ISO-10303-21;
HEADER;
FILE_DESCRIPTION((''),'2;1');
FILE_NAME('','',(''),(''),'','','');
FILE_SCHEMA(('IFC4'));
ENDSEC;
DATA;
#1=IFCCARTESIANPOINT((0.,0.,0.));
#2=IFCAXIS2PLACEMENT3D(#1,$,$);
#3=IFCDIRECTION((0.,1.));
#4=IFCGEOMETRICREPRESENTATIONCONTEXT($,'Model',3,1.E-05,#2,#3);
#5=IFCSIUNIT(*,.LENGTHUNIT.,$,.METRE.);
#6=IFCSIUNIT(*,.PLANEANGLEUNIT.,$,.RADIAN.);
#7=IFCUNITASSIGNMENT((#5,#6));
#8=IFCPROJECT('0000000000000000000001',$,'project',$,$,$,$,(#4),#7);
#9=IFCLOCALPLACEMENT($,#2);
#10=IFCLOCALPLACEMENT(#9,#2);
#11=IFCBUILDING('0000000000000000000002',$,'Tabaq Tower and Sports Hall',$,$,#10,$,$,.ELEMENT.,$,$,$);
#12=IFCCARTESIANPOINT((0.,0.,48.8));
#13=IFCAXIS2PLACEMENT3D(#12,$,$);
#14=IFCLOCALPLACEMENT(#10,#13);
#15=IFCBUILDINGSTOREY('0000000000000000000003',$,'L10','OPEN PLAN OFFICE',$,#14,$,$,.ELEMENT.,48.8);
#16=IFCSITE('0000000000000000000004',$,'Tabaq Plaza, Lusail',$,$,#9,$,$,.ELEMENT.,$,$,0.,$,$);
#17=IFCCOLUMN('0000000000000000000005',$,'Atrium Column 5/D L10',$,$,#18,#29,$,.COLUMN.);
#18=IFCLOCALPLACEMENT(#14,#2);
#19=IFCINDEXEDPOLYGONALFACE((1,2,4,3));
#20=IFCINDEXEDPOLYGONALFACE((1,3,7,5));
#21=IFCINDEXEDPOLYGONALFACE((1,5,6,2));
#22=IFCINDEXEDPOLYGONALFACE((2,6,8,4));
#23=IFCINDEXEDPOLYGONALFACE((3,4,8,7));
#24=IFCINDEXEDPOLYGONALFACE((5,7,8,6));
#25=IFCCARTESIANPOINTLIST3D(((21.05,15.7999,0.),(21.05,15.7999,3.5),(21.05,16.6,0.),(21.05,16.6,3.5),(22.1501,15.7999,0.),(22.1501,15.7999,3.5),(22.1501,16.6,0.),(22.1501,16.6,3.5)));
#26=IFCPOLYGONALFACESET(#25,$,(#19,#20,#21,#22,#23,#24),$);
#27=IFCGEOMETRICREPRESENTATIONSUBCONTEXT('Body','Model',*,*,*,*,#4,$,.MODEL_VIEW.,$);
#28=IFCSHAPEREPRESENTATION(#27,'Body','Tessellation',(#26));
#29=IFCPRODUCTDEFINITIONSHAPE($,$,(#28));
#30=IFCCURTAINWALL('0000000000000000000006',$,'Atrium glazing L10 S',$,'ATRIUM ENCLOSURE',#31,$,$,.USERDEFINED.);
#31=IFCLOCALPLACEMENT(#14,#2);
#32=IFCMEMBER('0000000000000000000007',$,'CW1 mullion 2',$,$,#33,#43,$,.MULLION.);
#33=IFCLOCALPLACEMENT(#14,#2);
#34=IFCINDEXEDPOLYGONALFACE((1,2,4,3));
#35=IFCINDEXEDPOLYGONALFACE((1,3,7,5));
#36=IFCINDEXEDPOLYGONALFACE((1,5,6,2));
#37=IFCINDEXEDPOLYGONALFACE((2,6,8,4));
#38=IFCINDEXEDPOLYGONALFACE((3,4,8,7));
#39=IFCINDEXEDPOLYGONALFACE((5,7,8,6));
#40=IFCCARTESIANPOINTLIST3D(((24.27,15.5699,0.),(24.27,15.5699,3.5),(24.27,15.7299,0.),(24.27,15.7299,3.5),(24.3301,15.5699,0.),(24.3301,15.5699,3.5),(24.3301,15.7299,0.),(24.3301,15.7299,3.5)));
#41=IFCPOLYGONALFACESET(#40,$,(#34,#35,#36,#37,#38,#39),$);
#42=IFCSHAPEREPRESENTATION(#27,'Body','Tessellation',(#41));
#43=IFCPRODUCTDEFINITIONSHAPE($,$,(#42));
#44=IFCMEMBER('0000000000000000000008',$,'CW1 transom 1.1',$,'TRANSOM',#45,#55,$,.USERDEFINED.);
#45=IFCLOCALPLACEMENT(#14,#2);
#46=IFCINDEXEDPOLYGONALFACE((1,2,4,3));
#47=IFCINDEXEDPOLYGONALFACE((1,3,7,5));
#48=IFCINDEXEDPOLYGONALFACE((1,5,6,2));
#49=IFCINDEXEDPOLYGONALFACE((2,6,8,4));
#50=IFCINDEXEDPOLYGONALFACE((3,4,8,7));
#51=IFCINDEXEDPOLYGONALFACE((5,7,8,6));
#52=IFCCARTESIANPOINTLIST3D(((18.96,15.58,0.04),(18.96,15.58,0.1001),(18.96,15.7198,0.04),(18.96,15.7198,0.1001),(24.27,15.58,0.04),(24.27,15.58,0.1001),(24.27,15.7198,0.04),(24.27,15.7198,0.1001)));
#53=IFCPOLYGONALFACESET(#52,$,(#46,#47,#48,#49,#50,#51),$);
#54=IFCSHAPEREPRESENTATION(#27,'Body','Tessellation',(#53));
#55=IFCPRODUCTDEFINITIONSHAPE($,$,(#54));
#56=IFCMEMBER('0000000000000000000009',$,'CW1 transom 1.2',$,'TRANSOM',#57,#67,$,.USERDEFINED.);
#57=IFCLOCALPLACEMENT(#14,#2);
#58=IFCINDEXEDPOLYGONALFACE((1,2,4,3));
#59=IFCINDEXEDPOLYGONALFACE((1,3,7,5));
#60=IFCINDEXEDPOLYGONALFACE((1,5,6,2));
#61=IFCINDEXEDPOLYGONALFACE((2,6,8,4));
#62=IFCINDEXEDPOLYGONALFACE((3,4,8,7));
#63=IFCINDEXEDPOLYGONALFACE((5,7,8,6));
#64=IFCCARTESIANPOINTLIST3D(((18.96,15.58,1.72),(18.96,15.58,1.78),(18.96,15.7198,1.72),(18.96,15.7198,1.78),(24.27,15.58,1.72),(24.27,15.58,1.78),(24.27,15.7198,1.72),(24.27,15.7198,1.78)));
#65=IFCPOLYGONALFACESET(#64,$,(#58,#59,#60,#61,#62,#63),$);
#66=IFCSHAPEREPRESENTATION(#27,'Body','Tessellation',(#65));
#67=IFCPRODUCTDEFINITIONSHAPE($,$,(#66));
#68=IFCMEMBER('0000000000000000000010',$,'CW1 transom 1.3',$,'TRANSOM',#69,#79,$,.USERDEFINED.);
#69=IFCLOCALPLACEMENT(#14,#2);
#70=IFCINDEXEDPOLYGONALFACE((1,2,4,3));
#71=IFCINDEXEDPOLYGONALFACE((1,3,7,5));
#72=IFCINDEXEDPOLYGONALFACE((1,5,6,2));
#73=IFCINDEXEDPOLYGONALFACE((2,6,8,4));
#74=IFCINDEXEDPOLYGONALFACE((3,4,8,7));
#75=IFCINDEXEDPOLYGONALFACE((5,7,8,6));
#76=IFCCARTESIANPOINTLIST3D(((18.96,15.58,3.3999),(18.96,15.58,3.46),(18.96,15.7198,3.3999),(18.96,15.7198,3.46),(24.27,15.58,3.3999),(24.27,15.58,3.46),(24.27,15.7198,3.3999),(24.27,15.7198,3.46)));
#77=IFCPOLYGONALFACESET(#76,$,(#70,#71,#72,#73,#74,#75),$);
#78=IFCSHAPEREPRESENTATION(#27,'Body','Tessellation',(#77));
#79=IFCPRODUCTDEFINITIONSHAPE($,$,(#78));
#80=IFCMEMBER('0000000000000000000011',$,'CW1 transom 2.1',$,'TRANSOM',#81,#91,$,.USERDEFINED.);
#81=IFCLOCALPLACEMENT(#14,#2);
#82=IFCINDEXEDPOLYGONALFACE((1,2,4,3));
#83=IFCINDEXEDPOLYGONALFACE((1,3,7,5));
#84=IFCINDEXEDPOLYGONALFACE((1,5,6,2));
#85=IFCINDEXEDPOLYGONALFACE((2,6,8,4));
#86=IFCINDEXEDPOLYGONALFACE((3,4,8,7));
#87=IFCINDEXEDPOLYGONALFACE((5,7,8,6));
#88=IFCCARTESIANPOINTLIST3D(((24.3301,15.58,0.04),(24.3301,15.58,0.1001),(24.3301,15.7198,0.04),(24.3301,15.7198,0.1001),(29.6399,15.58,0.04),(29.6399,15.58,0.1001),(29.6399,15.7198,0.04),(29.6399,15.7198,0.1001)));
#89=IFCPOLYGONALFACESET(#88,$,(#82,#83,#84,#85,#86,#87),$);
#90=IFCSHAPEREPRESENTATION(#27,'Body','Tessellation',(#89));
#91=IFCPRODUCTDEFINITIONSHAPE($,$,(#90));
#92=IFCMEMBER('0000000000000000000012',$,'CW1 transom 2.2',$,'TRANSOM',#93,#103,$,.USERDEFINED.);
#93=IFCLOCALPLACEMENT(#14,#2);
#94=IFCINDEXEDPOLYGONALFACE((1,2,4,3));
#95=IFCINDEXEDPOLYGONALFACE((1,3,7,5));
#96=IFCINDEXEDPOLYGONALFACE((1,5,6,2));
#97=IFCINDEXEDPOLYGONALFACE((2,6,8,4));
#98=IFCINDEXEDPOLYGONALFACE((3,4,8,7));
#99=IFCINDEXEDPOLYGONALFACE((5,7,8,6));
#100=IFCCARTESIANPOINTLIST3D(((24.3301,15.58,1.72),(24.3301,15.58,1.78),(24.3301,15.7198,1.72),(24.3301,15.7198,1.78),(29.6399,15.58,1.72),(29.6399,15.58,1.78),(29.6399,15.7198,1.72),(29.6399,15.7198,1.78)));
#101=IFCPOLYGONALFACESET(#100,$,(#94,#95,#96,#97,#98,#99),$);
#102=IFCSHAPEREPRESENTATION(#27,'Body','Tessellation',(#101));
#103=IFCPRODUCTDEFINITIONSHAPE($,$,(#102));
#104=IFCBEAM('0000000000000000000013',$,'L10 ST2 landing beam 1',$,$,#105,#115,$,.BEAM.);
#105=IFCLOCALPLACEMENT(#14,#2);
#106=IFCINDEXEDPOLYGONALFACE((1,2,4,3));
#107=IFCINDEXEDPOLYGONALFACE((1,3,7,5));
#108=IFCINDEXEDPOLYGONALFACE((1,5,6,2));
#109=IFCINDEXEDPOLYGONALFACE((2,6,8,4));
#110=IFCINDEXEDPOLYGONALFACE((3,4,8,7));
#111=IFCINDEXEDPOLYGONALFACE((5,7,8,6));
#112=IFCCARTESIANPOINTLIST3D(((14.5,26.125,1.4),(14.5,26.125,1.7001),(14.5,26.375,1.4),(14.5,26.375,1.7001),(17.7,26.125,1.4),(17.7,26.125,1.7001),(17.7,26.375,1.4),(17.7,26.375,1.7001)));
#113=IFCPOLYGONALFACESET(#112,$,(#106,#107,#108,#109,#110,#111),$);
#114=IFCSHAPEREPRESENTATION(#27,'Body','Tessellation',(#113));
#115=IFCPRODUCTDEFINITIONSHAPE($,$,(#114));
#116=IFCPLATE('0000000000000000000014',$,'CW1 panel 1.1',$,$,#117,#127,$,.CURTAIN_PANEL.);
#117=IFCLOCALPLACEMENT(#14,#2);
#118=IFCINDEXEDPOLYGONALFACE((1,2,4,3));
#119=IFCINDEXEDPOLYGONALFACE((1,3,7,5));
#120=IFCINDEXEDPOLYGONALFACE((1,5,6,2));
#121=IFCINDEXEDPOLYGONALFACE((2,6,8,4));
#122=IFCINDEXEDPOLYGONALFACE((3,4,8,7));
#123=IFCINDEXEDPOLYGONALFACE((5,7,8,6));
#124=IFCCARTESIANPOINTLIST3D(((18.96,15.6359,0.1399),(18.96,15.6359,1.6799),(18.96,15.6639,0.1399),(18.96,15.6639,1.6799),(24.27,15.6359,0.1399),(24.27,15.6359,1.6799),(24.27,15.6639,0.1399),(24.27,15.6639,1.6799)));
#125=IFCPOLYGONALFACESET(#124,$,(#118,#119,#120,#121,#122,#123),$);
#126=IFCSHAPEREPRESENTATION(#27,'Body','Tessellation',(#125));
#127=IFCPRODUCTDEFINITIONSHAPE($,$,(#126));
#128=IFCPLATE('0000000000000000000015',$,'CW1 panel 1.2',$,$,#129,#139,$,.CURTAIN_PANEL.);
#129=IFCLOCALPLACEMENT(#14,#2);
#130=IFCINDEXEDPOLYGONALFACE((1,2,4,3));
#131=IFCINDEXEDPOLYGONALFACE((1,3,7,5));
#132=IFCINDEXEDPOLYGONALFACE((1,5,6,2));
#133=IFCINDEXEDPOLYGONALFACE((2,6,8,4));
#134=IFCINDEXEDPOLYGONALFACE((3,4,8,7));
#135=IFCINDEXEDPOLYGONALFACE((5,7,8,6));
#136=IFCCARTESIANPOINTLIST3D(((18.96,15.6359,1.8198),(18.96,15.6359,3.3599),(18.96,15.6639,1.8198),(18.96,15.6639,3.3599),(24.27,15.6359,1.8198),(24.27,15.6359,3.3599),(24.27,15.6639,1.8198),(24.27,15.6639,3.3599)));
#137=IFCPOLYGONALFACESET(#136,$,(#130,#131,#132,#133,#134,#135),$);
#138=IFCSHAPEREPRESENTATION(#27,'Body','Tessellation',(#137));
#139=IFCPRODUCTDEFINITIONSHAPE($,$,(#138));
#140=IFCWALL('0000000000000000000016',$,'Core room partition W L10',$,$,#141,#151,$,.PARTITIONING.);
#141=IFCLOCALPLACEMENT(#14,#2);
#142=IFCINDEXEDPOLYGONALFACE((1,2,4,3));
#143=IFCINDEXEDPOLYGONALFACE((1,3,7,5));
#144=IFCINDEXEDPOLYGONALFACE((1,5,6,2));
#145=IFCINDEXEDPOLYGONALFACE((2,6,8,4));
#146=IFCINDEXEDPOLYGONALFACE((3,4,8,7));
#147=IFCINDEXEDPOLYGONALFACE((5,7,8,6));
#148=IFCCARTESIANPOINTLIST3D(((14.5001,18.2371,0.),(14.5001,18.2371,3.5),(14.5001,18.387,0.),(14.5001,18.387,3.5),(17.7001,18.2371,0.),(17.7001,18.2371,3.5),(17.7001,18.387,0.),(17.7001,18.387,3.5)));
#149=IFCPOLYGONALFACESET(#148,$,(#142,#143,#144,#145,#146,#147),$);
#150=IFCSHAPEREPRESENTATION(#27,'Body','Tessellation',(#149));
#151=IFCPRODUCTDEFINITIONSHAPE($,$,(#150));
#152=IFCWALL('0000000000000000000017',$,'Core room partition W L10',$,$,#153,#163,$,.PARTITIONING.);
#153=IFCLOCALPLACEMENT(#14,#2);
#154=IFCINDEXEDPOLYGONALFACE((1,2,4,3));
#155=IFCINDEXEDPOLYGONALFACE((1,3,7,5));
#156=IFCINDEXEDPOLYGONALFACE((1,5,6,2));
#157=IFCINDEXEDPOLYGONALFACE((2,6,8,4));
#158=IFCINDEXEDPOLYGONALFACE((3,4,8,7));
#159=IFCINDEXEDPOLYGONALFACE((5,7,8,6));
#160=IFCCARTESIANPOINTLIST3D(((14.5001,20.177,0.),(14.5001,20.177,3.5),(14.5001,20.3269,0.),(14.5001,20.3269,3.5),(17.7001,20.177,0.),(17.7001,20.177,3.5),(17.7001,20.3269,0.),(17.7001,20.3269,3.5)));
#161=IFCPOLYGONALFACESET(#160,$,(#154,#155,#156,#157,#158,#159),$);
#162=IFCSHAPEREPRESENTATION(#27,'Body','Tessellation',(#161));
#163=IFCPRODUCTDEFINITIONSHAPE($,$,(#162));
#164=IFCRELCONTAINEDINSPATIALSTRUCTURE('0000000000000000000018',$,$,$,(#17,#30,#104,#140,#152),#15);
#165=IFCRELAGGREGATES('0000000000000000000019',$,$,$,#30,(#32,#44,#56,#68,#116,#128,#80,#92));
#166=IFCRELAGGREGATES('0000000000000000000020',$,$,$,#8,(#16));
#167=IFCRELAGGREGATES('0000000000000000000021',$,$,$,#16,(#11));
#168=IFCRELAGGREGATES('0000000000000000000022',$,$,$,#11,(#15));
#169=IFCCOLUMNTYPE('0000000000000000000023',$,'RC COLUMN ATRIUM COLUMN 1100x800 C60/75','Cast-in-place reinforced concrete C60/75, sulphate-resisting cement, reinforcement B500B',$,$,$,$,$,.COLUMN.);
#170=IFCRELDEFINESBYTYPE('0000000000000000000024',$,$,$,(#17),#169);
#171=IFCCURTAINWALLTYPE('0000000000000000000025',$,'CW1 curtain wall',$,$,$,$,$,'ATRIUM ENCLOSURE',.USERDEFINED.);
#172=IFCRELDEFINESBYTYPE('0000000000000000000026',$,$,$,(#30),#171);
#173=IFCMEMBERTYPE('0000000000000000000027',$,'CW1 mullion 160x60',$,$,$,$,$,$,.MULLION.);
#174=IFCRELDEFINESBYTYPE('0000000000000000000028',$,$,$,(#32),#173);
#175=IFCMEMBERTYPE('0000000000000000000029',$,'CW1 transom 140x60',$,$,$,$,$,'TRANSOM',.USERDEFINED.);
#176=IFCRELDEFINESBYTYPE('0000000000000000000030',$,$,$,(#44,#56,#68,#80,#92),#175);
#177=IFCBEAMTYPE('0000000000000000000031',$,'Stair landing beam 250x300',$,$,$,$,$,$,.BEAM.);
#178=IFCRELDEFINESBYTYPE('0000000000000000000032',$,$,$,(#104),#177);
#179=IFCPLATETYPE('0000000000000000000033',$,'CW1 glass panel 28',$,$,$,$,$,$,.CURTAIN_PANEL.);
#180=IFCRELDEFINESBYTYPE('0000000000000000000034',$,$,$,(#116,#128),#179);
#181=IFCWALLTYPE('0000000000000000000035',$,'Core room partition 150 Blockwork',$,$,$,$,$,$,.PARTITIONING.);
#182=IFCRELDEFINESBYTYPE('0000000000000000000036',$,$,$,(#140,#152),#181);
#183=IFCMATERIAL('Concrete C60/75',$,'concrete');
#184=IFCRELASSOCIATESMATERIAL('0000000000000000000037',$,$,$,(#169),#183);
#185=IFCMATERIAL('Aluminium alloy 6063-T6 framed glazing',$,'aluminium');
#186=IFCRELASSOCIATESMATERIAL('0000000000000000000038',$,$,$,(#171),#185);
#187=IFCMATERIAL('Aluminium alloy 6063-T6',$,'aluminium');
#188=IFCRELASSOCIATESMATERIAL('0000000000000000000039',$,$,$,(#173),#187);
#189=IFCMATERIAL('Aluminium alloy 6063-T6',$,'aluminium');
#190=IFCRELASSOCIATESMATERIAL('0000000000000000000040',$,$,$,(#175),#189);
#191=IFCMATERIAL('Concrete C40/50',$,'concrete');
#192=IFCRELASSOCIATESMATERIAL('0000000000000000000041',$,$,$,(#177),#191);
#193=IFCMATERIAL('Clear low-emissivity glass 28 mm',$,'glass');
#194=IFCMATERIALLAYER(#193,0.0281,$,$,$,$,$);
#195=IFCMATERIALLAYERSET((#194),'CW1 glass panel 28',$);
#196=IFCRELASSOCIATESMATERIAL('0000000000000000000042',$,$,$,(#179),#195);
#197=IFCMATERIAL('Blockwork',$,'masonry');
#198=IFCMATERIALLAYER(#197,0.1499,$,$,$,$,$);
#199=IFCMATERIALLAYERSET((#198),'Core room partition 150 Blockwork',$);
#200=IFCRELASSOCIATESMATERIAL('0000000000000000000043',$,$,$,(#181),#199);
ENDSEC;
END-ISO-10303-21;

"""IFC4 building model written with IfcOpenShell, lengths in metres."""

from ifc_helpers import new_model, si_unit, direction, frame, frame_2d, origin, origin_2d, place, context, subcontext, project, spatial, rectangle, extrude, material, layer, layer_set, material_profile, profile_set, type_object, element, aggregate, save


model = new_model("IFC4")

# Units and contexts
model_context = context("Model", 3, precision=1e-05, world=origin(), true_north=direction((0.0, 1.0)))
body_context = subcontext(model_context, "Body", "Model", "MODEL_VIEW")
ifc_project = project(units=[si_unit("LENGTHUNIT", "METRE"), si_unit("PLANEANGLEUNIT", "RADIAN")], contexts=[model_context])

# Site, building, storey
site_placement = place(None, origin())
site = spatial("IfcSite", under=ifc_project, at=site_placement, Name="Tabaq Plaza, Lusail", CompositionType="ELEMENT", RefElevation=0.0)
building_placement = place(site_placement, origin())
building = spatial("IfcBuilding", under=site, at=building_placement, Name="Tabaq Tower and Sports Hall", CompositionType="ELEMENT")
storey_placement = place(building_placement, frame((0.0, 0.0, 48.8)))
storey = spatial("IfcBuildingStorey", under=building, at=storey_placement, Name="L10", Description="OPEN PLAN OFFICE", CompositionType="ELEMENT", Elevation=48.8)

# Column
ifc_material_1 = material(Name="Concrete C60/75", Category="concrete")
ifc_material_profile_1 = material_profile(ifc_material_1, rectangle(XDim=1.1001, YDim=0.8, at=origin_2d()), Name="ATRIUM COLUMN 1100x800")
ifc_profile_set_1 = profile_set([ifc_material_profile_1], Name="Concrete C60/75")
column_type = type_object("IfcColumnType", Name="RC COLUMN ATRIUM COLUMN 1100x800 C60/75", Description="Cast-in-place reinforced concrete C60/75, sulphate-resisting cement, reinforcement B500B", PredefinedType="COLUMN", material=ifc_profile_set_1)
column_placement = place(storey_placement, frame((21.6001, 16.2, 0.0), z_axis=(0.0, 0.0, 1.0), x_axis=(1.0, 0.0, 0.0)))
element("IfcColumn", 1, at=column_placement, inside=storey, type_object=column_type, Name="Atrium Column 5/D L10", PredefinedType="COLUMN", context=body_context, shape_type="SweptSolid", body=[
    extrude(rectangle(XDim=1.1001, YDim=0.8, at=origin_2d()), origin(), (0.0, 0.0, 1.0), 3.5),
])

# Curtain wall, members
ifc_material_2 = material(Name="Aluminium alloy 6063-T6 framed glazing", Category="aluminium")
curtain_wall_type = type_object("IfcCurtainWallType", Name="CW1 curtain wall", ElementType="ATRIUM ENCLOSURE", PredefinedType="USERDEFINED", material=ifc_material_2)
curtain_wall_placement = place(storey_placement, origin())
curtain_wall = element("IfcCurtainWall", 2, at=curtain_wall_placement, inside=storey, type_object=curtain_wall_type, Name="Atrium glazing L10 S", ObjectType="ATRIUM ENCLOSURE", PredefinedType="USERDEFINED")
ifc_material_3 = material(Name="Aluminium alloy 6063-T6", Category="aluminium")
ifc_material_profile_2 = material_profile(ifc_material_3, rectangle(XDim=0.1599, YDim=0.0601, at=origin_2d()), Name="MULLION 160x60")
ifc_profile_set_2 = profile_set([ifc_material_profile_2], Name="Aluminium alloy 6063-T6")
member_type_1 = type_object("IfcMemberType", Name="CW1 mullion 160x60", PredefinedType="MULLION", material=ifc_profile_set_2)
member_1_placement = place(storey_placement, frame((24.3, 15.6499, 0.0), z_axis=(0.0, 0.0, 1.0), x_axis=(0.0, 1.0, 0.0)))
member_1 = element("IfcMember", 3, at=member_1_placement, type_object=member_type_1, Name="CW1 mullion 2", PredefinedType="MULLION", context=body_context, shape_type="SweptSolid", body=[
    extrude(rectangle(XDim=0.1599, YDim=0.0601, at=origin_2d()), origin(), (0.0, 0.0, 1.0), 3.5),
])
ifc_material_4 = material(Name="Aluminium alloy 6063-T6", Category="aluminium")
ifc_material_profile_3 = material_profile(ifc_material_4, rectangle(XDim=0.1399, YDim=0.0601, at=origin_2d()), Name="TRANSOM 140x60")
ifc_profile_set_3 = profile_set([ifc_material_profile_3], Name="Aluminium alloy 6063-T6")
member_type_2 = type_object("IfcMemberType", Name="CW1 transom 140x60", ElementType="TRANSOM", PredefinedType="USERDEFINED", material=ifc_profile_set_3)
member_2_placement = place(storey_placement, frame((18.96, 15.6499, 0.0701), z_axis=(1.0, 0.0, 0.0), x_axis=(0.0, 1.0, 0.0)))
member_2 = element("IfcMember", 4, at=member_2_placement, type_object=member_type_2, Name="CW1 transom 1.1", ObjectType="TRANSOM", PredefinedType="USERDEFINED", context=body_context, shape_type="SweptSolid", body=[
    extrude(rectangle(XDim=0.1399, YDim=0.0601, at=origin_2d()), origin(), (0.0, 0.0, 1.0), 5.3101),
])
member_3_placement = place(storey_placement, frame((18.96, 15.6499, 1.75), z_axis=(1.0, 0.0, 0.0), x_axis=(0.0, 1.0, 0.0)))
member_3 = element("IfcMember", 5, at=member_3_placement, type_object=member_type_2, Name="CW1 transom 1.2", ObjectType="TRANSOM", PredefinedType="USERDEFINED", context=body_context, shape_type="SweptSolid", body=[
    extrude(rectangle(XDim=0.1399, YDim=0.0601, at=origin_2d()), origin(), (0.0, 0.0, 1.0), 5.3101),
])
member_4_placement = place(storey_placement, frame((18.96, 15.6499, 3.4299), z_axis=(1.0, 0.0, 0.0), x_axis=(0.0, 1.0, 0.0)))
member_4 = element("IfcMember", 6, at=member_4_placement, type_object=member_type_2, Name="CW1 transom 1.3", ObjectType="TRANSOM", PredefinedType="USERDEFINED", context=body_context, shape_type="SweptSolid", body=[
    extrude(rectangle(XDim=0.1399, YDim=0.0601, at=origin_2d()), origin(), (0.0, 0.0, 1.0), 5.3101),
])
member_5_placement = place(storey_placement, frame((24.3301, 15.6499, 0.0701), z_axis=(1.0, 0.0, 0.0), x_axis=(0.0, 1.0, 0.0)))
member_5 = element("IfcMember", 7, at=member_5_placement, type_object=member_type_2, Name="CW1 transom 2.1", ObjectType="TRANSOM", PredefinedType="USERDEFINED", context=body_context, shape_type="SweptSolid", body=[
    extrude(rectangle(XDim=0.1399, YDim=0.0601, at=origin_2d()), origin(), (0.0, 0.0, 1.0), 5.3098),
])
member_6_placement = place(storey_placement, frame((24.3301, 15.6499, 1.75), z_axis=(1.0, 0.0, 0.0), x_axis=(0.0, 1.0, 0.0)))
member_6 = element("IfcMember", 8, at=member_6_placement, type_object=member_type_2, Name="CW1 transom 2.2", ObjectType="TRANSOM", PredefinedType="USERDEFINED", context=body_context, shape_type="SweptSolid", body=[
    extrude(rectangle(XDim=0.1399, YDim=0.0601, at=origin_2d()), origin(), (0.0, 0.0, 1.0), 5.3098),
])

# Beam
ifc_material_5 = material(Name="Concrete C40/50", Category="concrete")
ifc_material_profile_4 = material_profile(ifc_material_5, rectangle(XDim=0.25, YDim=0.3, at=origin_2d()), Name="RC 250x300")
ifc_profile_set_4 = profile_set([ifc_material_profile_4], Name="Concrete C40/50")
beam_type = type_object("IfcBeamType", Name="Stair landing beam 250x300", PredefinedType="BEAM", material=ifc_profile_set_4)
beam_placement = place(storey_placement, frame((14.5, 26.25, 1.55), z_axis=(1.0, 0.0, 0.0), x_axis=(0.0, 1.0, 0.0)))
element("IfcBeam", 9, at=beam_placement, inside=storey, type_object=beam_type, Name="L10 ST2 landing beam 1", PredefinedType="BEAM", context=body_context, shape_type="SweptSolid", body=[
    extrude(rectangle(XDim=0.25, YDim=0.3, at=origin_2d()), origin(), (0.0, 0.0, 1.0), 3.2),
])

# Plates
ifc_material_6 = material(Name="Clear low-emissivity glass 28 mm", Category="glass")
ifc_layer_1 = layer(ifc_material_6, 0.0281)
ifc_layer_set_1 = layer_set([ifc_layer_1], Name="CW1 glass panel 28")
plate_type = type_object("IfcPlateType", Name="CW1 glass panel 28", PredefinedType="CURTAIN_PANEL", material=ifc_layer_set_1)
plate_1_placement = place(storey_placement, frame((21.615, 15.6499, 0.1399), z_axis=(0.0, 0.0, 1.0), x_axis=(1.0, 0.0, 0.0)))
plate_1 = element("IfcPlate", 10, at=plate_1_placement, type_object=plate_type, Name="CW1 panel 1.1", PredefinedType="CURTAIN_PANEL", context=body_context, shape_type="SweptSolid", body=[
    extrude(rectangle(XDim=5.3101, YDim=0.0281, at=origin_2d()), origin(), (0.0, 0.0, 1.0), 1.54),
])
plate_2_placement = place(storey_placement, frame((21.615, 15.6499, 1.8198), z_axis=(0.0, 0.0, 1.0), x_axis=(1.0, 0.0, 0.0)))
plate_2 = element("IfcPlate", 11, at=plate_2_placement, type_object=plate_type, Name="CW1 panel 1.2", PredefinedType="CURTAIN_PANEL", context=body_context, shape_type="SweptSolid", body=[
    extrude(rectangle(XDim=5.3101, YDim=0.0281, at=origin_2d()), origin(), (0.0, 0.0, 1.0), 1.54),
])
aggregate(curtain_wall, [member_1, member_2, member_3, member_4, plate_1, plate_2, member_5, member_6])

# Walls
ifc_material_7 = material(Name="Blockwork", Category="masonry")
ifc_layer_2 = layer(ifc_material_7, 0.1499)
ifc_layer_set_2 = layer_set([ifc_layer_2], Name="Core room partition 150 Blockwork")
wall_type_1 = type_object("IfcWallType", Name="Core room partition 150 Blockwork", PredefinedType="PARTITIONING", material=ifc_layer_set_2)
for number, where, z_axis, x_axis, name in (
    (12, (14.5, 18.312, 0.0), (0.0, 0.0, 1.0), (1.0, 0.0, 0.0), "Core room partition W L10"),
    (13, (14.5, 20.252, 0.0), (0.0, 0.0, 1.0), (1.0, 0.0, 0.0), "Core room partition W L10"),
):
    element("IfcWall", number, at=place(storey_placement, frame(where, z_axis=z_axis, x_axis=x_axis)), inside=storey, type_object=wall_type_1, Name=name, PredefinedType="PARTITIONING", context=body_context, shape_type="SweptSolid", body=[
        extrude(rectangle(XDim=3.2, YDim=0.1499, at=frame_2d((1.6001, 0.0))), origin(), (0.0, 0.0, 1.0), 3.5),
    ])

save(model, "model.ifc")
